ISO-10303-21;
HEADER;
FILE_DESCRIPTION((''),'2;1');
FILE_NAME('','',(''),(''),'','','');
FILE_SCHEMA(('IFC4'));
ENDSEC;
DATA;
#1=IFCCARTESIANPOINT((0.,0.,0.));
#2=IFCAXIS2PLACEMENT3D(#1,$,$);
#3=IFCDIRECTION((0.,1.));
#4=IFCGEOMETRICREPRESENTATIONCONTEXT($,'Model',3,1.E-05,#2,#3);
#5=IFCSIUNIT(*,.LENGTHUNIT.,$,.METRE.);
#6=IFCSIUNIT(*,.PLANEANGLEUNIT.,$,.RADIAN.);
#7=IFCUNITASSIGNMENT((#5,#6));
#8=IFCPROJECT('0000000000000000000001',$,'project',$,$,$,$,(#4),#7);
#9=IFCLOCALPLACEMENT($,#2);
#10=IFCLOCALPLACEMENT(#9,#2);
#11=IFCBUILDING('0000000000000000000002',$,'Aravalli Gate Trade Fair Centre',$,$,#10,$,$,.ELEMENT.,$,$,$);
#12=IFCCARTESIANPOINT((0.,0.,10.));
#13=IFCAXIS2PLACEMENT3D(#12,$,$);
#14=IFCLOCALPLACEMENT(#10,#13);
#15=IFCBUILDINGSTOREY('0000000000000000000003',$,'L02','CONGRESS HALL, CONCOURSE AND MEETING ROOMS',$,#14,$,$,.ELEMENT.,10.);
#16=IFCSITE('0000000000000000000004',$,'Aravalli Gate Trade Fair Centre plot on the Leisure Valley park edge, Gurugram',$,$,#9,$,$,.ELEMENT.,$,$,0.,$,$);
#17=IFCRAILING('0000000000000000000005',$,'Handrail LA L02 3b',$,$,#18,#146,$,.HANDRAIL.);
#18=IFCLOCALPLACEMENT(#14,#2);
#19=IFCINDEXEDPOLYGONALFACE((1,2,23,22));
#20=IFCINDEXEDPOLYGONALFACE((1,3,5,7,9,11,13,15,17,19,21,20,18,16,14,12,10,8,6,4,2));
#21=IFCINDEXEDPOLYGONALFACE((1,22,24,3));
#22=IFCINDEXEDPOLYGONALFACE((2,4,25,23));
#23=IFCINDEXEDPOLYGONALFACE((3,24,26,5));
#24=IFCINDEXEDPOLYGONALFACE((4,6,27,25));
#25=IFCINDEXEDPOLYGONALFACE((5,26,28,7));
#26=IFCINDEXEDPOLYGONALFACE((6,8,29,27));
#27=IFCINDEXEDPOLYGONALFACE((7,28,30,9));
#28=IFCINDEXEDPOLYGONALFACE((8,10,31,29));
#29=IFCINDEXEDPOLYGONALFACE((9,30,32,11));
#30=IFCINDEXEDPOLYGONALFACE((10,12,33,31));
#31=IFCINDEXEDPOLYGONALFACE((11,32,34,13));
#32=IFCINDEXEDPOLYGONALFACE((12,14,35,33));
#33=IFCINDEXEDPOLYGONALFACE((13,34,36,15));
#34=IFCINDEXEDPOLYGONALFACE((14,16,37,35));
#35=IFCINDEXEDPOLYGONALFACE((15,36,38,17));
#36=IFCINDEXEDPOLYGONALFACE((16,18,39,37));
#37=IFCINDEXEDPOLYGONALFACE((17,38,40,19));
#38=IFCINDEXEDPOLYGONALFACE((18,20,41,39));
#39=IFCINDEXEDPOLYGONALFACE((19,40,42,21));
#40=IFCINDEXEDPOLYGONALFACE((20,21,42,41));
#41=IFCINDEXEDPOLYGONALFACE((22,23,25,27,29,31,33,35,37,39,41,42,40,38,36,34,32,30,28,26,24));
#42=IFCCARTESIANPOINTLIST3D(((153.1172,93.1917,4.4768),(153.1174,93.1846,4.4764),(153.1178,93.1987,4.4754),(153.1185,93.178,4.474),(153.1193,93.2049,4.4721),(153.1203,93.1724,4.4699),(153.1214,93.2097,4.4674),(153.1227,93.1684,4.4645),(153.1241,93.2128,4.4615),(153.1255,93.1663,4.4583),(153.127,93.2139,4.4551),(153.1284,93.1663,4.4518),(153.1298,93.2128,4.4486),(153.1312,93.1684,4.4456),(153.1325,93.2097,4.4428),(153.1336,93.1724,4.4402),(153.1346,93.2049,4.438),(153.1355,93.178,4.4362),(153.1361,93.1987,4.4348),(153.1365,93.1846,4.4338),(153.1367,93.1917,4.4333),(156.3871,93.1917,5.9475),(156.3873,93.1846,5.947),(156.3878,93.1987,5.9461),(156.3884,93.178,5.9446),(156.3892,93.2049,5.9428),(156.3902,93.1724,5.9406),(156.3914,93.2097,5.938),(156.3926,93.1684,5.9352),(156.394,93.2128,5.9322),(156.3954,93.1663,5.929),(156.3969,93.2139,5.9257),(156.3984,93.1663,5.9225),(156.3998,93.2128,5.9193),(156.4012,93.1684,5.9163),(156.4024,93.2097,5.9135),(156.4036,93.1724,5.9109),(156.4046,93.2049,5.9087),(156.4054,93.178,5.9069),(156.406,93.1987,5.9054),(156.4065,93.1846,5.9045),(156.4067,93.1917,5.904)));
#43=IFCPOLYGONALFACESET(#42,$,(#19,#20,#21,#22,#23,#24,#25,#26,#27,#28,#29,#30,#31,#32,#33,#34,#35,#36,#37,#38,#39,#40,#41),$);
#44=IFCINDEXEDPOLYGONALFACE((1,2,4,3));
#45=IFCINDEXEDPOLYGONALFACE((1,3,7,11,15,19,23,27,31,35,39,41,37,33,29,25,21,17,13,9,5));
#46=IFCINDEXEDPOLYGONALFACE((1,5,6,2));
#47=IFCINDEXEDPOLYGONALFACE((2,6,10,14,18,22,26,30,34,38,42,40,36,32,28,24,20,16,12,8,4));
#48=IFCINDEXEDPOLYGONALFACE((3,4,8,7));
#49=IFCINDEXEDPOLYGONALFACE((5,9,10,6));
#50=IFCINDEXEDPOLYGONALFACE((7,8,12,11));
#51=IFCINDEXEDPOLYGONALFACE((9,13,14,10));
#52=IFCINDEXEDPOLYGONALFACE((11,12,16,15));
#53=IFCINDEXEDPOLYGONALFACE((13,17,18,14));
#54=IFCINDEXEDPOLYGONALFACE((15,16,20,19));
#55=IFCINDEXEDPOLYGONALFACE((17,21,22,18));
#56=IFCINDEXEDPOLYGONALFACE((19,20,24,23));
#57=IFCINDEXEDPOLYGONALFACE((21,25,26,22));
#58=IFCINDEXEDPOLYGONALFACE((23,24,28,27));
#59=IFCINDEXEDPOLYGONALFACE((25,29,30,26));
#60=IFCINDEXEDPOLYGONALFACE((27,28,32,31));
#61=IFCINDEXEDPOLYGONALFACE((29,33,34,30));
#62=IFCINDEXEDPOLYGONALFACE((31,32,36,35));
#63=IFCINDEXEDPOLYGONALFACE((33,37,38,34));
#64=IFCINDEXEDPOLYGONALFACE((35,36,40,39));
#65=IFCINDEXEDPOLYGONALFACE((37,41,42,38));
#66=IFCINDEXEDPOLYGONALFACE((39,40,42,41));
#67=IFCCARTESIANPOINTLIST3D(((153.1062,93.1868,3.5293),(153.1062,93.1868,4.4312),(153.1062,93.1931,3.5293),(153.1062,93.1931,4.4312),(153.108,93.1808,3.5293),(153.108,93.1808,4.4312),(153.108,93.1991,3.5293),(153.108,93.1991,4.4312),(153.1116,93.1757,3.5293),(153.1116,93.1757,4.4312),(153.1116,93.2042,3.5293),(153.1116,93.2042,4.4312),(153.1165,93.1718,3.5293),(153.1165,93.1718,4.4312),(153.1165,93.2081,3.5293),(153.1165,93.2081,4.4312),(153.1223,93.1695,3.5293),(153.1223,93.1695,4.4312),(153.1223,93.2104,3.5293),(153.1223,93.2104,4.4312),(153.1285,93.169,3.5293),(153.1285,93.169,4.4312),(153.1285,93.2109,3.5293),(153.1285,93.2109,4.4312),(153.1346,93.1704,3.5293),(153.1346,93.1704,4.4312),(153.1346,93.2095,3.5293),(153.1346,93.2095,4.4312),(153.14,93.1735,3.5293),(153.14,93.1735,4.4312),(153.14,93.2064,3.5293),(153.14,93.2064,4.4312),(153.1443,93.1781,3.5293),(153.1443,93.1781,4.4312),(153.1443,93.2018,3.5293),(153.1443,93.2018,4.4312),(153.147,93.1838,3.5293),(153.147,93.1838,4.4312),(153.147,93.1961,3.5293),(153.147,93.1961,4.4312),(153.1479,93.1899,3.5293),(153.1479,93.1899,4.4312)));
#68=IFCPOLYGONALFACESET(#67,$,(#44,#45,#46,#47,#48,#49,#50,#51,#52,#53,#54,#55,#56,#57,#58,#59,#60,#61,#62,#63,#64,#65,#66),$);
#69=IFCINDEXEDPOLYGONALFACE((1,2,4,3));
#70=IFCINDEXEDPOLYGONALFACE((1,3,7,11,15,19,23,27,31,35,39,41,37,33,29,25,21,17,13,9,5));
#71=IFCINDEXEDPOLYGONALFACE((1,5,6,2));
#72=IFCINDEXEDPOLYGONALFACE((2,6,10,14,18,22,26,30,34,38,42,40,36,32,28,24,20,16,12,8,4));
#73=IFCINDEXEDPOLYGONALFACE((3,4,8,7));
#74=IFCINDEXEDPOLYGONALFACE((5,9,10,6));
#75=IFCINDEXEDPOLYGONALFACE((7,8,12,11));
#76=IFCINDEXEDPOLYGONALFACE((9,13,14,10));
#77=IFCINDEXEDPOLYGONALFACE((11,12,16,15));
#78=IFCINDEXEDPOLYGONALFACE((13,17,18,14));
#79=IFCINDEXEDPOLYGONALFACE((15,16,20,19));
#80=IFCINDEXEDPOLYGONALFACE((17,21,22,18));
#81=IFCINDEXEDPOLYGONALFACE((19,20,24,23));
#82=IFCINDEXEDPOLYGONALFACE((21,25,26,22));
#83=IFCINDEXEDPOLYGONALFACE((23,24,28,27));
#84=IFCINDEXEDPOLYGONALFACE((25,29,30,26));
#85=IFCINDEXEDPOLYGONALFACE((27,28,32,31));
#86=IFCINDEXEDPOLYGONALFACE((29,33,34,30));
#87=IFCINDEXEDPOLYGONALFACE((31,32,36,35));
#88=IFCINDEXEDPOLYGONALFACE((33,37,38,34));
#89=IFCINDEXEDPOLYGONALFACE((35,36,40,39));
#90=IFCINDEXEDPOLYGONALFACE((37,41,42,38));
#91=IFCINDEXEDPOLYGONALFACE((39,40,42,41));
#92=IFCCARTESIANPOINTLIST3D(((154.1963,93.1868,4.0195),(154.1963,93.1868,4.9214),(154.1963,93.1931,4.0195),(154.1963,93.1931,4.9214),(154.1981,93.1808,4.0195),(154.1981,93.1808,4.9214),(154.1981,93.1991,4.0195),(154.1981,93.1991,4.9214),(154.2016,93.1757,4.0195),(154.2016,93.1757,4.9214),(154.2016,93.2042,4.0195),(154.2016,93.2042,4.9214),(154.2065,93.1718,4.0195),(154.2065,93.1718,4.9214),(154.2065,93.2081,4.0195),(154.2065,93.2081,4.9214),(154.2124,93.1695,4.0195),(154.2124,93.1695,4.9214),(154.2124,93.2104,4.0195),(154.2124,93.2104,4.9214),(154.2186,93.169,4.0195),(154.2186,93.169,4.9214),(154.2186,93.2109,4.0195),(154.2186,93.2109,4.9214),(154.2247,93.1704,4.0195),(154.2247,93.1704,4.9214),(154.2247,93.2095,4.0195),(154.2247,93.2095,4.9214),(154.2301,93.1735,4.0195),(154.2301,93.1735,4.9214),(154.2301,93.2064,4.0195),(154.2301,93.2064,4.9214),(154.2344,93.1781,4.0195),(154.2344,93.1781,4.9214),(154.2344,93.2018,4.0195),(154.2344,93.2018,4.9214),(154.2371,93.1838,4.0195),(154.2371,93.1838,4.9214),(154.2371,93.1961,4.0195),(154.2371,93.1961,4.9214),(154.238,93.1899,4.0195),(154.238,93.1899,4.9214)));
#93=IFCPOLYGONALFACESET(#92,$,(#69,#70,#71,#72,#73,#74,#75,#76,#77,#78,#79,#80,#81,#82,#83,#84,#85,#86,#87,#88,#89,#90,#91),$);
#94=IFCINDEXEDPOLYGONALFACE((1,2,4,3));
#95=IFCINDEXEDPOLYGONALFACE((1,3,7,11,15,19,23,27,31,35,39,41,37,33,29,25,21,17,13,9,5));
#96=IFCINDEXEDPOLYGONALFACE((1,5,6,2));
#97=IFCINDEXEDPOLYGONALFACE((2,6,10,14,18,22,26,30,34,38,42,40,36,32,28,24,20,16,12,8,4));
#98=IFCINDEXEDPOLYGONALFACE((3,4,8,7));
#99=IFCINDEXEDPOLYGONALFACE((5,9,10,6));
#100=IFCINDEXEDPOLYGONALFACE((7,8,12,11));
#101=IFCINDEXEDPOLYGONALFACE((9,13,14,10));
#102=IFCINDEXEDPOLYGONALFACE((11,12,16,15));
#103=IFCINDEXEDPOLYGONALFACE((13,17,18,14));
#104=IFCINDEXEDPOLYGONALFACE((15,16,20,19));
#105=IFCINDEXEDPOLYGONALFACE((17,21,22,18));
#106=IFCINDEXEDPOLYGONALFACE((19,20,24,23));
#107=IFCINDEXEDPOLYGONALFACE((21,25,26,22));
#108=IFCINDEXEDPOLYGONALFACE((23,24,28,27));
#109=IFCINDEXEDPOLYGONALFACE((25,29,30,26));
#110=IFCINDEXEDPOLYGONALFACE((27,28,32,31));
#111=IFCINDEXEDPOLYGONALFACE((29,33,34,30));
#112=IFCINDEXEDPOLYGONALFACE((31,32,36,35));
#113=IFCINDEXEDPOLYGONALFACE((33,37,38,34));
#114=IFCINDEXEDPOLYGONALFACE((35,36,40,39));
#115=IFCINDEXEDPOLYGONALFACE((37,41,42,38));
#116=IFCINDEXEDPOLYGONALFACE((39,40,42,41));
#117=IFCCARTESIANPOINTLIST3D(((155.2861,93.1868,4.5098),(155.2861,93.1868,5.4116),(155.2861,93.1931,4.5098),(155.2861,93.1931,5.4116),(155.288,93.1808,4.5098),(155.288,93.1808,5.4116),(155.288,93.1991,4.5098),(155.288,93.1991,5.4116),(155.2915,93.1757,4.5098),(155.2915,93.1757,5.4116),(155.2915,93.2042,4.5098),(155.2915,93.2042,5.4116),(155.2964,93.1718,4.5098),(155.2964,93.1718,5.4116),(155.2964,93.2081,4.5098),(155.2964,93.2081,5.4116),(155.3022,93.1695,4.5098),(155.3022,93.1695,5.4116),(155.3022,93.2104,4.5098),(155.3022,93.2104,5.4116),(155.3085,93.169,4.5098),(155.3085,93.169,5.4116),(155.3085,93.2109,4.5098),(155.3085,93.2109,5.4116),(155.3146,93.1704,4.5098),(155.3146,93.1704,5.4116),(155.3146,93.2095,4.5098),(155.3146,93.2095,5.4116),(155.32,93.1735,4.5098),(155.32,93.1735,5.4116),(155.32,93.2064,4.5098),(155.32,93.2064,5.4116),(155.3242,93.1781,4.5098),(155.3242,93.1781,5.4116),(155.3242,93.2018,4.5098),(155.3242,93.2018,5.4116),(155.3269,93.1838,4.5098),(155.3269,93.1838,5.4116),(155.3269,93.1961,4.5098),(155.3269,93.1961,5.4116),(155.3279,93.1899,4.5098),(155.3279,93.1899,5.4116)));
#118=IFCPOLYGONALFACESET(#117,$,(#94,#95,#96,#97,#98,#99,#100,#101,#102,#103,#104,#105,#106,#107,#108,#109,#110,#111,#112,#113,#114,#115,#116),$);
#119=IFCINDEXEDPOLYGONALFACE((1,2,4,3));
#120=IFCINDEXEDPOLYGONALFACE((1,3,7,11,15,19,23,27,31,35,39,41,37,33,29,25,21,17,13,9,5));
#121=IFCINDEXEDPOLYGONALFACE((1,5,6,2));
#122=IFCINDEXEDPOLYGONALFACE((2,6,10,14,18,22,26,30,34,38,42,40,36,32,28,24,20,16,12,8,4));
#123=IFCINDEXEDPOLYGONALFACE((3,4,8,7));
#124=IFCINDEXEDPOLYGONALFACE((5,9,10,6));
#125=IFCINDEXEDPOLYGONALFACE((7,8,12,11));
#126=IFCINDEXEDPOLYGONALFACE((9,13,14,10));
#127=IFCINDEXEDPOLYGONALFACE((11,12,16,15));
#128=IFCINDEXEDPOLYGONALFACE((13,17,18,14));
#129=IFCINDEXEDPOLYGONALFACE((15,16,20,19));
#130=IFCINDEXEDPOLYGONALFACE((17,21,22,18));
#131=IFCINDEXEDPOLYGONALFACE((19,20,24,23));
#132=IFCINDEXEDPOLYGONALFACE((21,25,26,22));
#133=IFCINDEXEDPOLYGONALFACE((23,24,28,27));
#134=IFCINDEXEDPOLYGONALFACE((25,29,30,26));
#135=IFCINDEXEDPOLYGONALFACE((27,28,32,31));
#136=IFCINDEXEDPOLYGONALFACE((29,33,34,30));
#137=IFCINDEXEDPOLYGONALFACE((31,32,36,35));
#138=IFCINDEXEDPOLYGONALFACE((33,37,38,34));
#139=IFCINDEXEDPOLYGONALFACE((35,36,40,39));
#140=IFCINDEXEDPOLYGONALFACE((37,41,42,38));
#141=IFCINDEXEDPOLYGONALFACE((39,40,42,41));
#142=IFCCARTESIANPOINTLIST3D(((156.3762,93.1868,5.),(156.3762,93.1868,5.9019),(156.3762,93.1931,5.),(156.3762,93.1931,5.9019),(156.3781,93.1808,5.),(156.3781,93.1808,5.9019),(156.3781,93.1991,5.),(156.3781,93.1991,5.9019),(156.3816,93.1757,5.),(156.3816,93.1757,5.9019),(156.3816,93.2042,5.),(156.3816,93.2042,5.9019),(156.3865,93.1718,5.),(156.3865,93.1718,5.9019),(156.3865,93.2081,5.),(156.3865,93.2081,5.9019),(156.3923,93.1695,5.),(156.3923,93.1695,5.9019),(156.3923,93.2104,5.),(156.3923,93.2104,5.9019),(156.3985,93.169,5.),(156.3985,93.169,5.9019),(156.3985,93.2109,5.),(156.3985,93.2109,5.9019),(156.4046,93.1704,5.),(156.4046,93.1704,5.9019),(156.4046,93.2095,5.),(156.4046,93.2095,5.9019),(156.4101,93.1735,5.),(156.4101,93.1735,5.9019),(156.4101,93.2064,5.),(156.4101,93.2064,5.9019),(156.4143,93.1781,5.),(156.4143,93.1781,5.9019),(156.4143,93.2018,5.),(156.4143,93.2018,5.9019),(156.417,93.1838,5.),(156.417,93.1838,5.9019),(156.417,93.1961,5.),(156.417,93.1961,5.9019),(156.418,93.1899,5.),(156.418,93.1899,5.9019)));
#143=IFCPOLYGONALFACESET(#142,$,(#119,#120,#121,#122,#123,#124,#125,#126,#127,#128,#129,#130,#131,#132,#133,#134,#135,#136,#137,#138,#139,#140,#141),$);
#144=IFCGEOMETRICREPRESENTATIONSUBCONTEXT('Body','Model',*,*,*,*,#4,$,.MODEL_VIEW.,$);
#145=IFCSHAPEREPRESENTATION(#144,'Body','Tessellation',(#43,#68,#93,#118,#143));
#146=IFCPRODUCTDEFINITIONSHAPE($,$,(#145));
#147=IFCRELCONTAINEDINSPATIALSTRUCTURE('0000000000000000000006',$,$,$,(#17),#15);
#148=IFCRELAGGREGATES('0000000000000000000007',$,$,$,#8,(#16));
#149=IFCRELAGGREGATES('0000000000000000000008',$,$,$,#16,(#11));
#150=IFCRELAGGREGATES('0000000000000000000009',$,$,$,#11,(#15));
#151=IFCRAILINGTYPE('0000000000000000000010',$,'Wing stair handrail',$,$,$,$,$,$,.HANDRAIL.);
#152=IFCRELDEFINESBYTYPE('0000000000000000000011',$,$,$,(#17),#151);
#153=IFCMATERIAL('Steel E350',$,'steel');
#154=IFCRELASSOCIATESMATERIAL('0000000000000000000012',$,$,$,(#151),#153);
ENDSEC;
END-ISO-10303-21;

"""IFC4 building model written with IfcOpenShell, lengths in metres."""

from ifc_helpers import new_model, si_unit, direction, frame, origin, origin_2d, place, context, subcontext, project, spatial, circle, extrude, material, type_object, element, save


model = new_model("IFC4")

# Units and contexts
model_context = context("Model", 3, precision=1e-05, world=origin(), true_north=direction((0.0, 1.0)))
body_context = subcontext(model_context, "Body", "Model", "MODEL_VIEW")
ifc_project = project(units=[si_unit("LENGTHUNIT", "METRE"), si_unit("PLANEANGLEUNIT", "RADIAN")], contexts=[model_context])

# Site, building, storey
site_placement = place(None, origin())
site = spatial("IfcSite", under=ifc_project, at=site_placement, Name="Aravalli Gate Trade Fair Centre plot on the Leisure Valley park edge, Gurugram", CompositionType="ELEMENT", RefElevation=0.0)
building_placement = place(site_placement, origin())
building = spatial("IfcBuilding", under=site, at=building_placement, Name="Aravalli Gate Trade Fair Centre", CompositionType="ELEMENT")
storey_placement = place(building_placement, frame((0.0, 0.0, 10.0)))
storey = spatial("IfcBuildingStorey", under=building, at=storey_placement, Name="L02", Description="CONGRESS HALL, CONCOURSE AND MEETING ROOMS", CompositionType="ELEMENT", Elevation=10.0)

# Shared definitions
ifc_material_1 = material(Name="Steel E350", Category="steel")

# Railing
railing_type_1 = type_object("IfcRailingType", Name="Wing stair handrail", PredefinedType="HANDRAIL", material=ifc_material_1)
for number, where, name in (
    (1, (153.127, 93.1899, 3.5293), "Handrail LA L02 3b"),
):
    element("IfcRailing", number, at=place(storey_placement, frame(where)), inside=storey, type_object=railing_type_1, Name=name, PredefinedType="HANDRAIL", context=body_context, shape_type="SweptSolid", body=[
        extrude(circle(Radius=0.0239, at=origin_2d()), frame((0.0, 0.0, 0.9258), z_axis=(0.912006, 0.0, 0.410178), x_axis=(0.0, 1.0, 0.0)), (0.0, 0.0, 1.0), 3.5854),
        extrude(circle(Radius=0.021, at=origin_2d()), origin(), (0.0, 0.0, 1.0), 0.9019),
        extrude(circle(Radius=0.021, at=origin_2d()), frame((1.0901, 0.0, 0.4902)), (0.0, 0.0, 1.0), 0.9019),
        extrude(circle(Radius=0.021, at=origin_2d()), frame((2.1799, 0.0, 0.9805)), (0.0, 0.0, 1.0), 0.9019),
        extrude(circle(Radius=0.021, at=origin_2d()), frame((3.27, 0.0, 1.4707)), (0.0, 0.0, 1.0), 0.9019),
    ])

save(model, "model.ifc")
